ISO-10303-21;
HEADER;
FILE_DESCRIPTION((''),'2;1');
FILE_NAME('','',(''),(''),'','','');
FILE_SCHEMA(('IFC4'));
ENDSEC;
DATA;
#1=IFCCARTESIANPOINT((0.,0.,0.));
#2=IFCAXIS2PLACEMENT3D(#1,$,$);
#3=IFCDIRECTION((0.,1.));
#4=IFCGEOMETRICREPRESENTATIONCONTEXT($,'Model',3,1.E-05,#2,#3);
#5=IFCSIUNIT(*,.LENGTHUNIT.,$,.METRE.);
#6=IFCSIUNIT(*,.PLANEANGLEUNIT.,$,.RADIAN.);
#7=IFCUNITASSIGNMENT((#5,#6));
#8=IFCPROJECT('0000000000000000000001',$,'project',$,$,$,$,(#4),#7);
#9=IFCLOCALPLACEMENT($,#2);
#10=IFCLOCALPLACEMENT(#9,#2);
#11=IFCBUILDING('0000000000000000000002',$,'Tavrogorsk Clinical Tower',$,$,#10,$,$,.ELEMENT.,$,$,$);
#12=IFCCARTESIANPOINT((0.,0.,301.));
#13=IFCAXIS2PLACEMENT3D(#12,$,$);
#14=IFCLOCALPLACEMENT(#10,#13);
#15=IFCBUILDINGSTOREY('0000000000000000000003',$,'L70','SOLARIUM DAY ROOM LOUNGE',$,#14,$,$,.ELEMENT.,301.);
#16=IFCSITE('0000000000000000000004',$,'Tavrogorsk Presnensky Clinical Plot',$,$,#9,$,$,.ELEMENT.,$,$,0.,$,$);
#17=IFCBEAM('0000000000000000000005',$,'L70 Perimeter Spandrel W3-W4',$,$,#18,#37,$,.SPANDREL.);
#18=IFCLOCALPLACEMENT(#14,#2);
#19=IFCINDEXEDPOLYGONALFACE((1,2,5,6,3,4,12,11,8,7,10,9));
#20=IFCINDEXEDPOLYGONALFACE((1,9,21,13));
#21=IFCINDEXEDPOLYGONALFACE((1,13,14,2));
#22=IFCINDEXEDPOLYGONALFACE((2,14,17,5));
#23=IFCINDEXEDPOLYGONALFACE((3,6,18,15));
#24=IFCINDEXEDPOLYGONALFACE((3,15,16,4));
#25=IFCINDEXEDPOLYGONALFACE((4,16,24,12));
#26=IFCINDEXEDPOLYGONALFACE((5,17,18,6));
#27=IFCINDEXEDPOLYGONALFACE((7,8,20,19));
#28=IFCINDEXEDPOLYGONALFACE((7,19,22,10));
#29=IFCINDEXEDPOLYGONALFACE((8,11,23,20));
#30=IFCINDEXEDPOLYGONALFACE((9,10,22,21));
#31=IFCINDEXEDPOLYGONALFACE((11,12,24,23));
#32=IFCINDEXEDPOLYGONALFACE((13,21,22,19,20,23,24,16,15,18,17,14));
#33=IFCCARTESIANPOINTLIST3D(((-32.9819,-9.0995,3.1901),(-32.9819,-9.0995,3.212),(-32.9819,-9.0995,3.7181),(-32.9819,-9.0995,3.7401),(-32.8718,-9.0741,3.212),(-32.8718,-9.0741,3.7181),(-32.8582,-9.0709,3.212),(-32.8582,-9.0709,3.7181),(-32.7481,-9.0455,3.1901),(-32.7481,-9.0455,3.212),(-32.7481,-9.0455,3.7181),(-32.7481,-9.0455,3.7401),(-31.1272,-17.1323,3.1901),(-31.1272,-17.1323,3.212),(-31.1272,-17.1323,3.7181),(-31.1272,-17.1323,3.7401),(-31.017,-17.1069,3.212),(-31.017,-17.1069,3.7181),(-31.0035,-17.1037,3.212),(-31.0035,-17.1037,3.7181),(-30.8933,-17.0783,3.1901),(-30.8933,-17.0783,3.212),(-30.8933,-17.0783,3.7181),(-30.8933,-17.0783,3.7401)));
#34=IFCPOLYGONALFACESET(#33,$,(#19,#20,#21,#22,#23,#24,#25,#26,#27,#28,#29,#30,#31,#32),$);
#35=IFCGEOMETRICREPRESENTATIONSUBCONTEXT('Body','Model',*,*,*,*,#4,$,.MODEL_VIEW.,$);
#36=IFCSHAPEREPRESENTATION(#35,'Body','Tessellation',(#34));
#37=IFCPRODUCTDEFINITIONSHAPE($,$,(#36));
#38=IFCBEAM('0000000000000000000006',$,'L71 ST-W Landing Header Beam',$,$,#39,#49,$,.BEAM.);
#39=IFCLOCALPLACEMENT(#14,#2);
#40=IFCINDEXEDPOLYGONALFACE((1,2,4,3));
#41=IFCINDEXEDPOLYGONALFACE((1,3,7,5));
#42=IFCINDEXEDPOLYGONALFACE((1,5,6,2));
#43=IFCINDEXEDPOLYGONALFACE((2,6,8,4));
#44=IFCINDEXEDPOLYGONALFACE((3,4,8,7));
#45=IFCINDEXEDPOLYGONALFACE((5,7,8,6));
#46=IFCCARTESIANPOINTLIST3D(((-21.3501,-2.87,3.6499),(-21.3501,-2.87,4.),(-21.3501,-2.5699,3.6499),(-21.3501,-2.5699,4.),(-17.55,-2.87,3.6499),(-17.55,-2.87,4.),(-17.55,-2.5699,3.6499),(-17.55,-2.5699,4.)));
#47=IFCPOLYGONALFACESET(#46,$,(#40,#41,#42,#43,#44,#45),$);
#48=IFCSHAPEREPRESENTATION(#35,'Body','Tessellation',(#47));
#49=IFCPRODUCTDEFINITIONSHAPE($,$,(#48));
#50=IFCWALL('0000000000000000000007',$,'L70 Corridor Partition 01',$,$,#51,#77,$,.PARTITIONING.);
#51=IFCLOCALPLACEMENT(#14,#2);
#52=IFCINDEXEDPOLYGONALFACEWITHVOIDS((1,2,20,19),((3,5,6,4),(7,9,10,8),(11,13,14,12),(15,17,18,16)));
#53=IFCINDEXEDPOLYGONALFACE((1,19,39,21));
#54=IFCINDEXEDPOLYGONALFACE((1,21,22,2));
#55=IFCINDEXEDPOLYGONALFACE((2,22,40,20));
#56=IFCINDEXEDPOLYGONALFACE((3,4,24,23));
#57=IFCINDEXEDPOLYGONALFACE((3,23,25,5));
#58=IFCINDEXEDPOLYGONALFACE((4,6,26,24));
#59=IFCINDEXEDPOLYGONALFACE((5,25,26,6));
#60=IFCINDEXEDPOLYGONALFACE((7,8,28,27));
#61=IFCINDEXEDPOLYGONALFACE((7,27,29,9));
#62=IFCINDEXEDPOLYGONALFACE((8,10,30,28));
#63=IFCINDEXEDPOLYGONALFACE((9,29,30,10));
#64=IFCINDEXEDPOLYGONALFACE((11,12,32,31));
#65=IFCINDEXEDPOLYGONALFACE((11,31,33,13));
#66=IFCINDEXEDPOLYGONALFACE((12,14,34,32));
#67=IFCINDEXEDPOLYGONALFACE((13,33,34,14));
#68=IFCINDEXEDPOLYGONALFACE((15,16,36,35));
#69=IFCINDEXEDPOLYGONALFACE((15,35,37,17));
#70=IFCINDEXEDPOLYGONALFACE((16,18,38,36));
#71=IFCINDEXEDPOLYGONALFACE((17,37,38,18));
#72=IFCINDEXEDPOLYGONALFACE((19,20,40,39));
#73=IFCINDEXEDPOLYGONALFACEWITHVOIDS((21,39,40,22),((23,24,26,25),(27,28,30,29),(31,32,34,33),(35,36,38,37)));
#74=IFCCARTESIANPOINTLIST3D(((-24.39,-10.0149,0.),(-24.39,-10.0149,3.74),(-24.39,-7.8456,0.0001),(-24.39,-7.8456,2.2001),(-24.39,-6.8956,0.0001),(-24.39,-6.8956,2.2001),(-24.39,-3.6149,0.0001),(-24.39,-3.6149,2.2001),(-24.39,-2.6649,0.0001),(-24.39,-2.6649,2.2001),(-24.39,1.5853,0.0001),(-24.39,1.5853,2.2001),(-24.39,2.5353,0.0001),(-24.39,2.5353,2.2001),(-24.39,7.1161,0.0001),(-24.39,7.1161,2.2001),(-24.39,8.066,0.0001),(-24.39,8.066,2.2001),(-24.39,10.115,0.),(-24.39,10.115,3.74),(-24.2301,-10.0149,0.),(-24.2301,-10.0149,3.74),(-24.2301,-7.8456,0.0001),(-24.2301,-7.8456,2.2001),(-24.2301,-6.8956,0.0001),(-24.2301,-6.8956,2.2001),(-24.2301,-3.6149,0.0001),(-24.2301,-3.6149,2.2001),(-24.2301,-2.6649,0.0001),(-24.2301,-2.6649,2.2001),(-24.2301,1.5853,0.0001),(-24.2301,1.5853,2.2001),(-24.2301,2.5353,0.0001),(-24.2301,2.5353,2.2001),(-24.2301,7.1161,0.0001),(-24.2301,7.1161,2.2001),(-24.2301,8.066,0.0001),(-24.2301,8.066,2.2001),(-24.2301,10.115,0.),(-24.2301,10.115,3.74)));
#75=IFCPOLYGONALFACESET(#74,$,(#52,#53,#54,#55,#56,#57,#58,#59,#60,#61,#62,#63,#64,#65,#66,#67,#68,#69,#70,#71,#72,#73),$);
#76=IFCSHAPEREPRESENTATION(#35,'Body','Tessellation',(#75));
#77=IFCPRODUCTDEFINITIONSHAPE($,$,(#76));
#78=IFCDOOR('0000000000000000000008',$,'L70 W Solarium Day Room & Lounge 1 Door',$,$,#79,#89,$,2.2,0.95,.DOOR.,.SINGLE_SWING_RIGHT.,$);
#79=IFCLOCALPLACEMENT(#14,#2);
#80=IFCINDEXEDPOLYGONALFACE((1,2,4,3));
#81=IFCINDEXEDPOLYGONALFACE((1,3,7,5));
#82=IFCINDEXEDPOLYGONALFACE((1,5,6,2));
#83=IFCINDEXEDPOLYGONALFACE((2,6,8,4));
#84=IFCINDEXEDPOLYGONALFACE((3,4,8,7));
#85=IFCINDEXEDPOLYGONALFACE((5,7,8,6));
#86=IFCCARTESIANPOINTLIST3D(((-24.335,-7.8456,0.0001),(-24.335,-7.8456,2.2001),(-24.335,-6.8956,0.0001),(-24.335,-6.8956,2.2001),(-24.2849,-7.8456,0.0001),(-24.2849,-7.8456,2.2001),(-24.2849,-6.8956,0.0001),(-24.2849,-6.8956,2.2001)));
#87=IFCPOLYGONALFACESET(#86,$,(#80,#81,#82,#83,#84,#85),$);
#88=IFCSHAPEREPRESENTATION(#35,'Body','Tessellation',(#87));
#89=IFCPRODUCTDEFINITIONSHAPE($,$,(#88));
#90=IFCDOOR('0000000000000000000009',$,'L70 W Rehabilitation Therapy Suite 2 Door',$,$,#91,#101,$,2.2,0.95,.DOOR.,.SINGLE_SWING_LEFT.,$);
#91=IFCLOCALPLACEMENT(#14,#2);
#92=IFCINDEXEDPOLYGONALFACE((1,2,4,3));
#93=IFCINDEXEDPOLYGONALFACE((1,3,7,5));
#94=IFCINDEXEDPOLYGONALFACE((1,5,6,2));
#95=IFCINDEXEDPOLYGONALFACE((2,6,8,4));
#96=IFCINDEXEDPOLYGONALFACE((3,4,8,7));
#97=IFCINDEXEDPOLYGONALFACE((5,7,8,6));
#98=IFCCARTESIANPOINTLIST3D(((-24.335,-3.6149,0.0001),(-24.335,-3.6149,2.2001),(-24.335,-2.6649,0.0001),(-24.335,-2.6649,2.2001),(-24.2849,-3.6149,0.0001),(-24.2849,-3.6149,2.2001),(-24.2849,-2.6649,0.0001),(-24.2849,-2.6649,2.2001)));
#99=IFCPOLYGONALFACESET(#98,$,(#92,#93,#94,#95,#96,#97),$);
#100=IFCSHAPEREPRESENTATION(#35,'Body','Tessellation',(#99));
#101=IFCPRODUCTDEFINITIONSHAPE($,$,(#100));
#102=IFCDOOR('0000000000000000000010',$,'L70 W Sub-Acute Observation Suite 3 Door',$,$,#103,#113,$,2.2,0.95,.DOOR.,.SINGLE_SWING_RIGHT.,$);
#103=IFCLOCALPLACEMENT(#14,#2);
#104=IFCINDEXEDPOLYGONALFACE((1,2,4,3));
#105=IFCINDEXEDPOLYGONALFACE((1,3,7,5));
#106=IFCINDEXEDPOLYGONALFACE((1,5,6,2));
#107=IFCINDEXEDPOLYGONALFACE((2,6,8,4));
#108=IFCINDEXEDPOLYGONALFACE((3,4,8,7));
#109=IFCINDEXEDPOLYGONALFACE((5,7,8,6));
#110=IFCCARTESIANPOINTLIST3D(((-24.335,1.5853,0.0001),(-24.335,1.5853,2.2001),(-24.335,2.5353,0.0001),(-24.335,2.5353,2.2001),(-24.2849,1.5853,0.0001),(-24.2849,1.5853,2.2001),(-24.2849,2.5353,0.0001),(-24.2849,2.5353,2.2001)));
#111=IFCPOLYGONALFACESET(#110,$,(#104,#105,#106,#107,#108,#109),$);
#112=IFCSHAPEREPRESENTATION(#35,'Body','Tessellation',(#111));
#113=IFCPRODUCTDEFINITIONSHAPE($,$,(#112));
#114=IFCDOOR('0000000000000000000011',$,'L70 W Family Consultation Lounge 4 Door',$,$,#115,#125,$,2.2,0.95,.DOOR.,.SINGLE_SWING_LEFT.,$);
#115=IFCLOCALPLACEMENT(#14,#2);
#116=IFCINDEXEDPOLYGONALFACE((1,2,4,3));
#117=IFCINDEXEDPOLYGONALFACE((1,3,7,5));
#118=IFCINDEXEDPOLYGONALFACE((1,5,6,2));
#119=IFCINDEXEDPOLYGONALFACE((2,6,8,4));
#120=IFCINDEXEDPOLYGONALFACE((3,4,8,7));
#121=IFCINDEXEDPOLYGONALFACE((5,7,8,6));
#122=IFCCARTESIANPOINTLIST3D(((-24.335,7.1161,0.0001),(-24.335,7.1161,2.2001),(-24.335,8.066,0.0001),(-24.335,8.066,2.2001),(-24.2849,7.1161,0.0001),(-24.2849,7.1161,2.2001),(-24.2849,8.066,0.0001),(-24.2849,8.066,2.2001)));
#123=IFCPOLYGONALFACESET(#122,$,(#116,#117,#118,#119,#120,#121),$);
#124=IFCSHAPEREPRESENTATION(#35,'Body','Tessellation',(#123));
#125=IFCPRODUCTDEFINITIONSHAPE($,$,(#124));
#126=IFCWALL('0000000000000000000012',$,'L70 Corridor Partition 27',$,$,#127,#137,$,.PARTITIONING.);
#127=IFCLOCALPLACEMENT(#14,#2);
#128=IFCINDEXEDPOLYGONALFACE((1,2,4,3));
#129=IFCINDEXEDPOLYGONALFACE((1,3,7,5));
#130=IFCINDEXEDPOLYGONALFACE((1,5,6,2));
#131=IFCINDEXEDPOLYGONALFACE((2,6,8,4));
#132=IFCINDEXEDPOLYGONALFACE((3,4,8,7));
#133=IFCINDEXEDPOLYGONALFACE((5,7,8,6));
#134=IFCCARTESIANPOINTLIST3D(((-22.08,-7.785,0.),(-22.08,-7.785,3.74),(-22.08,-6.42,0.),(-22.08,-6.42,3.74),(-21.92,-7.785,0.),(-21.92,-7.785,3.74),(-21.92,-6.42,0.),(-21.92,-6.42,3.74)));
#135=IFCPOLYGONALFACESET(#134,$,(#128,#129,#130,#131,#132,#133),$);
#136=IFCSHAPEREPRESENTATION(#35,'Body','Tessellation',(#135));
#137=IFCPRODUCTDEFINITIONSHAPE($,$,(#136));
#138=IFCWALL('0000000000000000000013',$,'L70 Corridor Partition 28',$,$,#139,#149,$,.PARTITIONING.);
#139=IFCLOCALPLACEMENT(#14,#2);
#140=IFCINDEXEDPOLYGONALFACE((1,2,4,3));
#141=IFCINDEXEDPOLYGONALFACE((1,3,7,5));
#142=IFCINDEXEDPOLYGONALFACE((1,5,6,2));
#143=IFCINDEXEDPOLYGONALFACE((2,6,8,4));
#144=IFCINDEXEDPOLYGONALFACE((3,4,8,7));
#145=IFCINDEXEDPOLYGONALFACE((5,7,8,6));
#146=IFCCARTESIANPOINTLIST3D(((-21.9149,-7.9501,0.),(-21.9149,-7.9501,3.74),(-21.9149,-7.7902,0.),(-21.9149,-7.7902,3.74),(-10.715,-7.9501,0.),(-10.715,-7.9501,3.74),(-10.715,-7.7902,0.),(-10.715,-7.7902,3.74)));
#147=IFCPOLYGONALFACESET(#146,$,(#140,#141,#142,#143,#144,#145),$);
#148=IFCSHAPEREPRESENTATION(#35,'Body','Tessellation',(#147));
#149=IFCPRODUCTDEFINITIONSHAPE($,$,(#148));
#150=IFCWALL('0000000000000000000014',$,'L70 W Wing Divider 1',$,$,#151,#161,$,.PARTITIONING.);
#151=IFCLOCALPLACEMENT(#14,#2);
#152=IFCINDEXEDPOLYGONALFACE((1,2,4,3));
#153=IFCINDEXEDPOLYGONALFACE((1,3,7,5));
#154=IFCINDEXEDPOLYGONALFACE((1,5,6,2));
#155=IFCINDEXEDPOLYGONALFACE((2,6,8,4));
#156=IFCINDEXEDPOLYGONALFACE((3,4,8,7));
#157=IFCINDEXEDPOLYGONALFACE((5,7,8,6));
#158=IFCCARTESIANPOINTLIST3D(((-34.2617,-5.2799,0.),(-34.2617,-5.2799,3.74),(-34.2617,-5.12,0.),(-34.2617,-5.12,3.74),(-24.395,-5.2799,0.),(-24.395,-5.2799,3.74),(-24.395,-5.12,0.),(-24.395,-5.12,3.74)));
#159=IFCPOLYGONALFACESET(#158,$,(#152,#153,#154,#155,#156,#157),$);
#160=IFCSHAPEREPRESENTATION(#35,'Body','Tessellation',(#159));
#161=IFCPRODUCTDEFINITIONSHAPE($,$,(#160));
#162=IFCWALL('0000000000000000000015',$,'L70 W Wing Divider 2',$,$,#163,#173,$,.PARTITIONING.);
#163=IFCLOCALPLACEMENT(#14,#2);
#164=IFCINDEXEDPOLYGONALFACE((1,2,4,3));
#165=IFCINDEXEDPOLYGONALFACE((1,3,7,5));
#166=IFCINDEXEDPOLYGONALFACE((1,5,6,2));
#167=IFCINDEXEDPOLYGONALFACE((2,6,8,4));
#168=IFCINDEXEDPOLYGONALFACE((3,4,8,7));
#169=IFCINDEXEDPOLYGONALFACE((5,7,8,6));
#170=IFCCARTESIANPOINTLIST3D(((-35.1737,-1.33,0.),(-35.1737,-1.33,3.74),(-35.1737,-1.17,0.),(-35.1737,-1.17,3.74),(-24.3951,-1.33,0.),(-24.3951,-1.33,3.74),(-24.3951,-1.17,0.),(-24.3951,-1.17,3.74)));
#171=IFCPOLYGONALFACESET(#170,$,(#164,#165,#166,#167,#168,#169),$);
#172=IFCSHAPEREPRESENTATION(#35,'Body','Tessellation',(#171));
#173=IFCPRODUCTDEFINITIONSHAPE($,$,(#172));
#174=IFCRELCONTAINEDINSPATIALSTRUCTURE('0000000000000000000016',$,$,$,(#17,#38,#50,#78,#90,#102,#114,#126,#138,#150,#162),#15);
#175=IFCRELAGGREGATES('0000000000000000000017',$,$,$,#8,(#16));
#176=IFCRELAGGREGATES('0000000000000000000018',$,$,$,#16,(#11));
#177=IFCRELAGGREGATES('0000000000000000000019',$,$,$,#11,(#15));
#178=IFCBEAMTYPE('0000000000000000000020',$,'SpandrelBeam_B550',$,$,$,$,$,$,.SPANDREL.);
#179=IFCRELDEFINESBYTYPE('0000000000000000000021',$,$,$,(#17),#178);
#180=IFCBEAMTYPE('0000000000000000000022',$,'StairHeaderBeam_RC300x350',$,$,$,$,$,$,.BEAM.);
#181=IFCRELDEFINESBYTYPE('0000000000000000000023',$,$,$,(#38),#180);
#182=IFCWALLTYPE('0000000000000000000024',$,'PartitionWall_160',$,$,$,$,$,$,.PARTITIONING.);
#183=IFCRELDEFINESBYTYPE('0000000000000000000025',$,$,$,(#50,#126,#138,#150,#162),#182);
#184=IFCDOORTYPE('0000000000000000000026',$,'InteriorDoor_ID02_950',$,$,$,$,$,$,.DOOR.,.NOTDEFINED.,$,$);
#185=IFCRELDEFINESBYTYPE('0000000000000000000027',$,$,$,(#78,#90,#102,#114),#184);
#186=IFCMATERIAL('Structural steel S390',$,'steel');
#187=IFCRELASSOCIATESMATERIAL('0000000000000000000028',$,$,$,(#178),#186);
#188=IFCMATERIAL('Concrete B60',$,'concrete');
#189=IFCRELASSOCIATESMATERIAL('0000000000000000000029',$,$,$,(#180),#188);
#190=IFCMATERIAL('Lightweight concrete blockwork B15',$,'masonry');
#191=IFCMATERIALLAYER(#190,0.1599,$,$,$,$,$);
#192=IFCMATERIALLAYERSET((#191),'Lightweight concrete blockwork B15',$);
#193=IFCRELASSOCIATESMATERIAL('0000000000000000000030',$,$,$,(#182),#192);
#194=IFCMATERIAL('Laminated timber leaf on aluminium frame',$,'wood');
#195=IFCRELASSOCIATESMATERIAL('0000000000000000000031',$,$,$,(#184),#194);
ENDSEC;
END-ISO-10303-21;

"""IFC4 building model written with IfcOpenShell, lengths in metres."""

from ifc_helpers import new_model, si_unit, direction, frame, frame_2d, origin, origin_2d, place, context, subcontext, project, spatial, rectangle, i_section, extrude, material, layer, layer_set, material_profile, profile_set, type_object, element, fill, save


model = new_model("IFC4")

# Units and contexts
model_context = context("Model", 3, precision=1e-05, world=origin(), true_north=direction((0.0, 1.0)))
body_context = subcontext(model_context, "Body", "Model", "MODEL_VIEW")
ifc_project = project(units=[si_unit("LENGTHUNIT", "METRE"), si_unit("PLANEANGLEUNIT", "RADIAN")], contexts=[model_context])

# Site, building, storey
site_placement = place(None, origin())
site = spatial("IfcSite", under=ifc_project, at=site_placement, Name="Tavrogorsk Presnensky Clinical Plot", CompositionType="ELEMENT", RefElevation=0.0)
building_placement = place(site_placement, origin())
building = spatial("IfcBuilding", under=site, at=building_placement, Name="Tavrogorsk Clinical Tower", CompositionType="ELEMENT")
storey_placement = place(building_placement, frame((0.0, 0.0, 301.0)))
storey = spatial("IfcBuildingStorey", under=building, at=storey_placement, Name="L70", Description="SOLARIUM DAY ROOM LOUNGE", CompositionType="ELEMENT", Elevation=301.0)

# Beams
ifc_material_1 = material(Name="Structural steel S390", Category="steel")
ifc_material_profile_1 = material_profile(ifc_material_1, i_section(OverallWidth=0.24, OverallDepth=0.55, WebThickness=0.0139, FlangeThickness=0.022, at=origin_2d()), Name="B-550x240x14x22")
ifc_profile_set_1 = profile_set([ifc_material_profile_1], Name="Structural steel S390")
beam_type_1 = type_object("IfcBeamType", Name="SpandrelBeam_B550", PredefinedType="SPANDREL", material=ifc_profile_set_1)
beam_1_placement = place(storey_placement, frame((-32.865, -9.0725, 3.4651), z_axis=(0.224978, -0.974364, 0.0), x_axis=(0.974364, 0.224978, 0.0)))
element("IfcBeam", 1, at=beam_1_placement, inside=storey, type_object=beam_type_1, Name="L70 Perimeter Spandrel W3-W4", PredefinedType="SPANDREL", context=body_context, shape_type="SweptSolid", body=[
    extrude(i_section(OverallWidth=0.24, OverallDepth=0.55, WebThickness=0.0139, FlangeThickness=0.022, at=origin_2d()), origin(), (0.0, 0.0, 1.0), 8.2441),
])
ifc_material_2 = material(Name="Concrete B60", Category="concrete")
ifc_material_profile_2 = material_profile(ifc_material_2, rectangle(XDim=0.3, YDim=0.3501, at=origin_2d()), Name="RC-SHB-300x350")
ifc_profile_set_2 = profile_set([ifc_material_profile_2], Name="Concrete B60")
beam_type_2 = type_object("IfcBeamType", Name="StairHeaderBeam_RC300x350", PredefinedType="BEAM", material=ifc_profile_set_2)
beam_2_placement = place(storey_placement, frame((-21.3501, -2.72, 3.825), z_axis=(1.0, 0.0, 0.0), x_axis=(0.0, 1.0, 0.0)))
element("IfcBeam", 2, at=beam_2_placement, inside=storey, type_object=beam_type_2, Name="L71 ST-W Landing Header Beam", PredefinedType="BEAM", context=body_context, shape_type="SweptSolid", body=[
    extrude(rectangle(XDim=0.3, YDim=0.3501, at=origin_2d()), origin(), (0.0, 0.0, 1.0), 3.8),
])

# Wall, openings, doors
ifc_material_3 = material(Name="Lightweight concrete blockwork B15", Category="masonry")
ifc_layer_1 = layer(ifc_material_3, 0.1599)
ifc_layer_set_1 = layer_set([ifc_layer_1], Name="Lightweight concrete blockwork B15")
wall_type_1 = type_object("IfcWallType", Name="PartitionWall_160", PredefinedType="PARTITIONING", material=ifc_layer_set_1)
wall_1_placement = place(storey_placement, frame((-24.3101, -10.0149, 0.0), z_axis=(0.0, 0.0, 1.0), x_axis=(0.0, 1.0, 0.0)))
wall_1 = element("IfcWall", 3, at=wall_1_placement, inside=storey, type_object=wall_type_1, Name="L70 Corridor Partition 01", PredefinedType="PARTITIONING", context=body_context, shape_type="SweptSolid", body=[
    extrude(rectangle(XDim=20.1299, YDim=0.1599, at=frame_2d((10.0649, 0.0))), origin(), (0.0, 0.0, 1.0), 3.74),
])
opening_1_placement = place(wall_1_placement, frame((2.1692, 0.0, 0.0)))
opening_1 = element("IfcOpeningElement", 4, at=opening_1_placement, cuts=wall_1, PredefinedType="OPENING", context=body_context, shape_type="SweptSolid", body=[
    extrude(rectangle(XDim=0.95, YDim=2.2, at=frame_2d((0.4751, 1.1001))), frame((0.0, 0.0898, 0.0), z_axis=(0.0, -1.0, 0.0), x_axis=(1.0, 0.0, 0.0)), (0.0, 0.0, 1.0), 0.1799),
])
opening_2_placement = place(wall_1_placement, frame((6.3999, 0.0, 0.0)))
opening_2 = element("IfcOpeningElement", 5, at=opening_2_placement, cuts=wall_1, PredefinedType="OPENING", context=body_context, shape_type="SweptSolid", body=[
    extrude(rectangle(XDim=0.95, YDim=2.2, at=frame_2d((0.4751, 1.1001))), frame((0.0, 0.0898, 0.0), z_axis=(0.0, -1.0, 0.0), x_axis=(1.0, 0.0, 0.0)), (0.0, 0.0, 1.0), 0.1799),
])
opening_3_placement = place(wall_1_placement, frame((11.6001, 0.0, 0.0)))
opening_3 = element("IfcOpeningElement", 6, at=opening_3_placement, cuts=wall_1, PredefinedType="OPENING", context=body_context, shape_type="SweptSolid", body=[
    extrude(rectangle(XDim=0.95, YDim=2.2, at=frame_2d((0.4751, 1.1001))), frame((0.0, 0.0898, 0.0), z_axis=(0.0, -1.0, 0.0), x_axis=(1.0, 0.0, 0.0)), (0.0, 0.0, 1.0), 0.1799),
])
opening_4_placement = place(wall_1_placement, frame((17.1309, 0.0, 0.0)))
opening_4 = element("IfcOpeningElement", 7, at=opening_4_placement, cuts=wall_1, PredefinedType="OPENING", context=body_context, shape_type="SweptSolid", body=[
    extrude(rectangle(XDim=0.95, YDim=2.2, at=frame_2d((0.4751, 1.1001))), frame((0.0, 0.0898, 0.0), z_axis=(0.0, -1.0, 0.0), x_axis=(1.0, 0.0, 0.0)), (0.0, 0.0, 1.0), 0.1799),
])
ifc_material_4 = material(Name="Laminated timber leaf on aluminium frame", Category="wood")
door_type = type_object("IfcDoorType", Name="InteriorDoor_ID02_950", OperationType="NOTDEFINED", PredefinedType="DOOR", material=ifc_material_4)
door_1_placement = place(opening_1_placement, origin())
door_1 = element("IfcDoor", 8, at=door_1_placement, inside=storey, type_object=door_type, Name="L70 W Solarium Day Room & Lounge 1 Door", OperationType="SINGLE_SWING_RIGHT", OverallHeight=2.2, OverallWidth=0.95, PredefinedType="DOOR", context=body_context, shape_type="SweptSolid", body=[
    extrude(rectangle(XDim=0.95, YDim=2.2, at=frame_2d((0.4751, 1.1001))), frame((0.0, 0.0249, 0.0), z_axis=(0.0, -1.0, 0.0), x_axis=(1.0, 0.0, 0.0)), (0.0, 0.0, 1.0), 0.05),
])
fill(opening_1, door_1)
door_2_placement = place(opening_2_placement, origin())
door_2 = element("IfcDoor", 9, at=door_2_placement, inside=storey, type_object=door_type, Name="L70 W Rehabilitation Therapy Suite 2 Door", OperationType="SINGLE_SWING_LEFT", OverallHeight=2.2, OverallWidth=0.95, PredefinedType="DOOR", context=body_context, shape_type="SweptSolid", body=[
    extrude(rectangle(XDim=0.95, YDim=2.2, at=frame_2d((0.4751, 1.1001))), frame((0.0, 0.0249, 0.0), z_axis=(0.0, -1.0, 0.0), x_axis=(1.0, 0.0, 0.0)), (0.0, 0.0, 1.0), 0.05),
])
fill(opening_2, door_2)
door_3_placement = place(opening_3_placement, origin())
door_3 = element("IfcDoor", 10, at=door_3_placement, inside=storey, type_object=door_type, Name="L70 W Sub-Acute Observation Suite 3 Door", OperationType="SINGLE_SWING_RIGHT", OverallHeight=2.2, OverallWidth=0.95, PredefinedType="DOOR", context=body_context, shape_type="SweptSolid", body=[
    extrude(rectangle(XDim=0.95, YDim=2.2, at=frame_2d((0.4751, 1.1001))), frame((0.0, 0.0249, 0.0), z_axis=(0.0, -1.0, 0.0), x_axis=(1.0, 0.0, 0.0)), (0.0, 0.0, 1.0), 0.05),
])
fill(opening_3, door_3)
door_4_placement = place(opening_4_placement, origin())
door_4 = element("IfcDoor", 11, at=door_4_placement, inside=storey, type_object=door_type, Name="L70 W Family Consultation Lounge 4 Door", OperationType="SINGLE_SWING_LEFT", OverallHeight=2.2, OverallWidth=0.95, PredefinedType="DOOR", context=body_context, shape_type="SweptSolid", body=[
    extrude(rectangle(XDim=0.95, YDim=2.2, at=frame_2d((0.4751, 1.1001))), frame((0.0, 0.0249, 0.0), z_axis=(0.0, -1.0, 0.0), x_axis=(1.0, 0.0, 0.0)), (0.0, 0.0, 1.0), 0.05),
])
fill(opening_4, door_4)

# Walls
wall_2_placement = place(storey_placement, frame((-22.0, -6.4199, 0.0), z_axis=(0.0, 0.0, 1.0), x_axis=(0.0, -1.0, 0.0)))
element("IfcWall", 12, at=wall_2_placement, inside=storey, type_object=wall_type_1, Name="L70 Corridor Partition 27", PredefinedType="PARTITIONING", context=body_context, shape_type="SweptSolid", body=[
    extrude(rectangle(XDim=1.365, YDim=0.1599, at=frame_2d((0.6826, 0.0))), origin(), (0.0, 0.0, 1.0), 3.74),
])
wall_3_placement = place(storey_placement, frame((-21.915, -7.8701, 0.0), z_axis=(0.0, 0.0, 1.0), x_axis=(1.0, 0.0, 0.0)))
element("IfcWall", 13, at=wall_3_placement, inside=storey, type_object=wall_type_1, Name="L70 Corridor Partition 28", PredefinedType="PARTITIONING", context=body_context, shape_type="SweptSolid", body=[
    extrude(rectangle(XDim=11.2, YDim=0.1599, at=frame_2d((5.6001, 0.0))), origin(), (0.0, 0.0, 1.0), 3.74),
])
wall_4_placement = place(storey_placement, frame((-34.2617, -5.2, 0.0), z_axis=(0.0, 0.0, 1.0), x_axis=(1.0, 0.0, 0.0)))
element("IfcWall", 14, at=wall_4_placement, inside=storey, type_object=wall_type_1, Name="L70 W Wing Divider 1", PredefinedType="PARTITIONING", context=body_context, shape_type="SweptSolid", body=[
    extrude(rectangle(XDim=9.8667, YDim=0.1599, at=frame_2d((4.9333, 0.0))), origin(), (0.0, 0.0, 1.0), 3.74),
])
wall_5_placement = place(storey_placement, frame((-35.1736, -1.25, 0.0), z_axis=(0.0, 0.0, 1.0), x_axis=(1.0, 0.0, 0.0)))
element("IfcWall", 15, at=wall_5_placement, inside=storey, type_object=wall_type_1, Name="L70 W Wing Divider 2", PredefinedType="PARTITIONING", context=body_context, shape_type="SweptSolid", body=[
    extrude(rectangle(XDim=10.7786, YDim=0.1599, at=frame_2d((5.3892, 0.0))), origin(), (0.0, 0.0, 1.0), 3.74),
])

save(model, "model.ifc")
